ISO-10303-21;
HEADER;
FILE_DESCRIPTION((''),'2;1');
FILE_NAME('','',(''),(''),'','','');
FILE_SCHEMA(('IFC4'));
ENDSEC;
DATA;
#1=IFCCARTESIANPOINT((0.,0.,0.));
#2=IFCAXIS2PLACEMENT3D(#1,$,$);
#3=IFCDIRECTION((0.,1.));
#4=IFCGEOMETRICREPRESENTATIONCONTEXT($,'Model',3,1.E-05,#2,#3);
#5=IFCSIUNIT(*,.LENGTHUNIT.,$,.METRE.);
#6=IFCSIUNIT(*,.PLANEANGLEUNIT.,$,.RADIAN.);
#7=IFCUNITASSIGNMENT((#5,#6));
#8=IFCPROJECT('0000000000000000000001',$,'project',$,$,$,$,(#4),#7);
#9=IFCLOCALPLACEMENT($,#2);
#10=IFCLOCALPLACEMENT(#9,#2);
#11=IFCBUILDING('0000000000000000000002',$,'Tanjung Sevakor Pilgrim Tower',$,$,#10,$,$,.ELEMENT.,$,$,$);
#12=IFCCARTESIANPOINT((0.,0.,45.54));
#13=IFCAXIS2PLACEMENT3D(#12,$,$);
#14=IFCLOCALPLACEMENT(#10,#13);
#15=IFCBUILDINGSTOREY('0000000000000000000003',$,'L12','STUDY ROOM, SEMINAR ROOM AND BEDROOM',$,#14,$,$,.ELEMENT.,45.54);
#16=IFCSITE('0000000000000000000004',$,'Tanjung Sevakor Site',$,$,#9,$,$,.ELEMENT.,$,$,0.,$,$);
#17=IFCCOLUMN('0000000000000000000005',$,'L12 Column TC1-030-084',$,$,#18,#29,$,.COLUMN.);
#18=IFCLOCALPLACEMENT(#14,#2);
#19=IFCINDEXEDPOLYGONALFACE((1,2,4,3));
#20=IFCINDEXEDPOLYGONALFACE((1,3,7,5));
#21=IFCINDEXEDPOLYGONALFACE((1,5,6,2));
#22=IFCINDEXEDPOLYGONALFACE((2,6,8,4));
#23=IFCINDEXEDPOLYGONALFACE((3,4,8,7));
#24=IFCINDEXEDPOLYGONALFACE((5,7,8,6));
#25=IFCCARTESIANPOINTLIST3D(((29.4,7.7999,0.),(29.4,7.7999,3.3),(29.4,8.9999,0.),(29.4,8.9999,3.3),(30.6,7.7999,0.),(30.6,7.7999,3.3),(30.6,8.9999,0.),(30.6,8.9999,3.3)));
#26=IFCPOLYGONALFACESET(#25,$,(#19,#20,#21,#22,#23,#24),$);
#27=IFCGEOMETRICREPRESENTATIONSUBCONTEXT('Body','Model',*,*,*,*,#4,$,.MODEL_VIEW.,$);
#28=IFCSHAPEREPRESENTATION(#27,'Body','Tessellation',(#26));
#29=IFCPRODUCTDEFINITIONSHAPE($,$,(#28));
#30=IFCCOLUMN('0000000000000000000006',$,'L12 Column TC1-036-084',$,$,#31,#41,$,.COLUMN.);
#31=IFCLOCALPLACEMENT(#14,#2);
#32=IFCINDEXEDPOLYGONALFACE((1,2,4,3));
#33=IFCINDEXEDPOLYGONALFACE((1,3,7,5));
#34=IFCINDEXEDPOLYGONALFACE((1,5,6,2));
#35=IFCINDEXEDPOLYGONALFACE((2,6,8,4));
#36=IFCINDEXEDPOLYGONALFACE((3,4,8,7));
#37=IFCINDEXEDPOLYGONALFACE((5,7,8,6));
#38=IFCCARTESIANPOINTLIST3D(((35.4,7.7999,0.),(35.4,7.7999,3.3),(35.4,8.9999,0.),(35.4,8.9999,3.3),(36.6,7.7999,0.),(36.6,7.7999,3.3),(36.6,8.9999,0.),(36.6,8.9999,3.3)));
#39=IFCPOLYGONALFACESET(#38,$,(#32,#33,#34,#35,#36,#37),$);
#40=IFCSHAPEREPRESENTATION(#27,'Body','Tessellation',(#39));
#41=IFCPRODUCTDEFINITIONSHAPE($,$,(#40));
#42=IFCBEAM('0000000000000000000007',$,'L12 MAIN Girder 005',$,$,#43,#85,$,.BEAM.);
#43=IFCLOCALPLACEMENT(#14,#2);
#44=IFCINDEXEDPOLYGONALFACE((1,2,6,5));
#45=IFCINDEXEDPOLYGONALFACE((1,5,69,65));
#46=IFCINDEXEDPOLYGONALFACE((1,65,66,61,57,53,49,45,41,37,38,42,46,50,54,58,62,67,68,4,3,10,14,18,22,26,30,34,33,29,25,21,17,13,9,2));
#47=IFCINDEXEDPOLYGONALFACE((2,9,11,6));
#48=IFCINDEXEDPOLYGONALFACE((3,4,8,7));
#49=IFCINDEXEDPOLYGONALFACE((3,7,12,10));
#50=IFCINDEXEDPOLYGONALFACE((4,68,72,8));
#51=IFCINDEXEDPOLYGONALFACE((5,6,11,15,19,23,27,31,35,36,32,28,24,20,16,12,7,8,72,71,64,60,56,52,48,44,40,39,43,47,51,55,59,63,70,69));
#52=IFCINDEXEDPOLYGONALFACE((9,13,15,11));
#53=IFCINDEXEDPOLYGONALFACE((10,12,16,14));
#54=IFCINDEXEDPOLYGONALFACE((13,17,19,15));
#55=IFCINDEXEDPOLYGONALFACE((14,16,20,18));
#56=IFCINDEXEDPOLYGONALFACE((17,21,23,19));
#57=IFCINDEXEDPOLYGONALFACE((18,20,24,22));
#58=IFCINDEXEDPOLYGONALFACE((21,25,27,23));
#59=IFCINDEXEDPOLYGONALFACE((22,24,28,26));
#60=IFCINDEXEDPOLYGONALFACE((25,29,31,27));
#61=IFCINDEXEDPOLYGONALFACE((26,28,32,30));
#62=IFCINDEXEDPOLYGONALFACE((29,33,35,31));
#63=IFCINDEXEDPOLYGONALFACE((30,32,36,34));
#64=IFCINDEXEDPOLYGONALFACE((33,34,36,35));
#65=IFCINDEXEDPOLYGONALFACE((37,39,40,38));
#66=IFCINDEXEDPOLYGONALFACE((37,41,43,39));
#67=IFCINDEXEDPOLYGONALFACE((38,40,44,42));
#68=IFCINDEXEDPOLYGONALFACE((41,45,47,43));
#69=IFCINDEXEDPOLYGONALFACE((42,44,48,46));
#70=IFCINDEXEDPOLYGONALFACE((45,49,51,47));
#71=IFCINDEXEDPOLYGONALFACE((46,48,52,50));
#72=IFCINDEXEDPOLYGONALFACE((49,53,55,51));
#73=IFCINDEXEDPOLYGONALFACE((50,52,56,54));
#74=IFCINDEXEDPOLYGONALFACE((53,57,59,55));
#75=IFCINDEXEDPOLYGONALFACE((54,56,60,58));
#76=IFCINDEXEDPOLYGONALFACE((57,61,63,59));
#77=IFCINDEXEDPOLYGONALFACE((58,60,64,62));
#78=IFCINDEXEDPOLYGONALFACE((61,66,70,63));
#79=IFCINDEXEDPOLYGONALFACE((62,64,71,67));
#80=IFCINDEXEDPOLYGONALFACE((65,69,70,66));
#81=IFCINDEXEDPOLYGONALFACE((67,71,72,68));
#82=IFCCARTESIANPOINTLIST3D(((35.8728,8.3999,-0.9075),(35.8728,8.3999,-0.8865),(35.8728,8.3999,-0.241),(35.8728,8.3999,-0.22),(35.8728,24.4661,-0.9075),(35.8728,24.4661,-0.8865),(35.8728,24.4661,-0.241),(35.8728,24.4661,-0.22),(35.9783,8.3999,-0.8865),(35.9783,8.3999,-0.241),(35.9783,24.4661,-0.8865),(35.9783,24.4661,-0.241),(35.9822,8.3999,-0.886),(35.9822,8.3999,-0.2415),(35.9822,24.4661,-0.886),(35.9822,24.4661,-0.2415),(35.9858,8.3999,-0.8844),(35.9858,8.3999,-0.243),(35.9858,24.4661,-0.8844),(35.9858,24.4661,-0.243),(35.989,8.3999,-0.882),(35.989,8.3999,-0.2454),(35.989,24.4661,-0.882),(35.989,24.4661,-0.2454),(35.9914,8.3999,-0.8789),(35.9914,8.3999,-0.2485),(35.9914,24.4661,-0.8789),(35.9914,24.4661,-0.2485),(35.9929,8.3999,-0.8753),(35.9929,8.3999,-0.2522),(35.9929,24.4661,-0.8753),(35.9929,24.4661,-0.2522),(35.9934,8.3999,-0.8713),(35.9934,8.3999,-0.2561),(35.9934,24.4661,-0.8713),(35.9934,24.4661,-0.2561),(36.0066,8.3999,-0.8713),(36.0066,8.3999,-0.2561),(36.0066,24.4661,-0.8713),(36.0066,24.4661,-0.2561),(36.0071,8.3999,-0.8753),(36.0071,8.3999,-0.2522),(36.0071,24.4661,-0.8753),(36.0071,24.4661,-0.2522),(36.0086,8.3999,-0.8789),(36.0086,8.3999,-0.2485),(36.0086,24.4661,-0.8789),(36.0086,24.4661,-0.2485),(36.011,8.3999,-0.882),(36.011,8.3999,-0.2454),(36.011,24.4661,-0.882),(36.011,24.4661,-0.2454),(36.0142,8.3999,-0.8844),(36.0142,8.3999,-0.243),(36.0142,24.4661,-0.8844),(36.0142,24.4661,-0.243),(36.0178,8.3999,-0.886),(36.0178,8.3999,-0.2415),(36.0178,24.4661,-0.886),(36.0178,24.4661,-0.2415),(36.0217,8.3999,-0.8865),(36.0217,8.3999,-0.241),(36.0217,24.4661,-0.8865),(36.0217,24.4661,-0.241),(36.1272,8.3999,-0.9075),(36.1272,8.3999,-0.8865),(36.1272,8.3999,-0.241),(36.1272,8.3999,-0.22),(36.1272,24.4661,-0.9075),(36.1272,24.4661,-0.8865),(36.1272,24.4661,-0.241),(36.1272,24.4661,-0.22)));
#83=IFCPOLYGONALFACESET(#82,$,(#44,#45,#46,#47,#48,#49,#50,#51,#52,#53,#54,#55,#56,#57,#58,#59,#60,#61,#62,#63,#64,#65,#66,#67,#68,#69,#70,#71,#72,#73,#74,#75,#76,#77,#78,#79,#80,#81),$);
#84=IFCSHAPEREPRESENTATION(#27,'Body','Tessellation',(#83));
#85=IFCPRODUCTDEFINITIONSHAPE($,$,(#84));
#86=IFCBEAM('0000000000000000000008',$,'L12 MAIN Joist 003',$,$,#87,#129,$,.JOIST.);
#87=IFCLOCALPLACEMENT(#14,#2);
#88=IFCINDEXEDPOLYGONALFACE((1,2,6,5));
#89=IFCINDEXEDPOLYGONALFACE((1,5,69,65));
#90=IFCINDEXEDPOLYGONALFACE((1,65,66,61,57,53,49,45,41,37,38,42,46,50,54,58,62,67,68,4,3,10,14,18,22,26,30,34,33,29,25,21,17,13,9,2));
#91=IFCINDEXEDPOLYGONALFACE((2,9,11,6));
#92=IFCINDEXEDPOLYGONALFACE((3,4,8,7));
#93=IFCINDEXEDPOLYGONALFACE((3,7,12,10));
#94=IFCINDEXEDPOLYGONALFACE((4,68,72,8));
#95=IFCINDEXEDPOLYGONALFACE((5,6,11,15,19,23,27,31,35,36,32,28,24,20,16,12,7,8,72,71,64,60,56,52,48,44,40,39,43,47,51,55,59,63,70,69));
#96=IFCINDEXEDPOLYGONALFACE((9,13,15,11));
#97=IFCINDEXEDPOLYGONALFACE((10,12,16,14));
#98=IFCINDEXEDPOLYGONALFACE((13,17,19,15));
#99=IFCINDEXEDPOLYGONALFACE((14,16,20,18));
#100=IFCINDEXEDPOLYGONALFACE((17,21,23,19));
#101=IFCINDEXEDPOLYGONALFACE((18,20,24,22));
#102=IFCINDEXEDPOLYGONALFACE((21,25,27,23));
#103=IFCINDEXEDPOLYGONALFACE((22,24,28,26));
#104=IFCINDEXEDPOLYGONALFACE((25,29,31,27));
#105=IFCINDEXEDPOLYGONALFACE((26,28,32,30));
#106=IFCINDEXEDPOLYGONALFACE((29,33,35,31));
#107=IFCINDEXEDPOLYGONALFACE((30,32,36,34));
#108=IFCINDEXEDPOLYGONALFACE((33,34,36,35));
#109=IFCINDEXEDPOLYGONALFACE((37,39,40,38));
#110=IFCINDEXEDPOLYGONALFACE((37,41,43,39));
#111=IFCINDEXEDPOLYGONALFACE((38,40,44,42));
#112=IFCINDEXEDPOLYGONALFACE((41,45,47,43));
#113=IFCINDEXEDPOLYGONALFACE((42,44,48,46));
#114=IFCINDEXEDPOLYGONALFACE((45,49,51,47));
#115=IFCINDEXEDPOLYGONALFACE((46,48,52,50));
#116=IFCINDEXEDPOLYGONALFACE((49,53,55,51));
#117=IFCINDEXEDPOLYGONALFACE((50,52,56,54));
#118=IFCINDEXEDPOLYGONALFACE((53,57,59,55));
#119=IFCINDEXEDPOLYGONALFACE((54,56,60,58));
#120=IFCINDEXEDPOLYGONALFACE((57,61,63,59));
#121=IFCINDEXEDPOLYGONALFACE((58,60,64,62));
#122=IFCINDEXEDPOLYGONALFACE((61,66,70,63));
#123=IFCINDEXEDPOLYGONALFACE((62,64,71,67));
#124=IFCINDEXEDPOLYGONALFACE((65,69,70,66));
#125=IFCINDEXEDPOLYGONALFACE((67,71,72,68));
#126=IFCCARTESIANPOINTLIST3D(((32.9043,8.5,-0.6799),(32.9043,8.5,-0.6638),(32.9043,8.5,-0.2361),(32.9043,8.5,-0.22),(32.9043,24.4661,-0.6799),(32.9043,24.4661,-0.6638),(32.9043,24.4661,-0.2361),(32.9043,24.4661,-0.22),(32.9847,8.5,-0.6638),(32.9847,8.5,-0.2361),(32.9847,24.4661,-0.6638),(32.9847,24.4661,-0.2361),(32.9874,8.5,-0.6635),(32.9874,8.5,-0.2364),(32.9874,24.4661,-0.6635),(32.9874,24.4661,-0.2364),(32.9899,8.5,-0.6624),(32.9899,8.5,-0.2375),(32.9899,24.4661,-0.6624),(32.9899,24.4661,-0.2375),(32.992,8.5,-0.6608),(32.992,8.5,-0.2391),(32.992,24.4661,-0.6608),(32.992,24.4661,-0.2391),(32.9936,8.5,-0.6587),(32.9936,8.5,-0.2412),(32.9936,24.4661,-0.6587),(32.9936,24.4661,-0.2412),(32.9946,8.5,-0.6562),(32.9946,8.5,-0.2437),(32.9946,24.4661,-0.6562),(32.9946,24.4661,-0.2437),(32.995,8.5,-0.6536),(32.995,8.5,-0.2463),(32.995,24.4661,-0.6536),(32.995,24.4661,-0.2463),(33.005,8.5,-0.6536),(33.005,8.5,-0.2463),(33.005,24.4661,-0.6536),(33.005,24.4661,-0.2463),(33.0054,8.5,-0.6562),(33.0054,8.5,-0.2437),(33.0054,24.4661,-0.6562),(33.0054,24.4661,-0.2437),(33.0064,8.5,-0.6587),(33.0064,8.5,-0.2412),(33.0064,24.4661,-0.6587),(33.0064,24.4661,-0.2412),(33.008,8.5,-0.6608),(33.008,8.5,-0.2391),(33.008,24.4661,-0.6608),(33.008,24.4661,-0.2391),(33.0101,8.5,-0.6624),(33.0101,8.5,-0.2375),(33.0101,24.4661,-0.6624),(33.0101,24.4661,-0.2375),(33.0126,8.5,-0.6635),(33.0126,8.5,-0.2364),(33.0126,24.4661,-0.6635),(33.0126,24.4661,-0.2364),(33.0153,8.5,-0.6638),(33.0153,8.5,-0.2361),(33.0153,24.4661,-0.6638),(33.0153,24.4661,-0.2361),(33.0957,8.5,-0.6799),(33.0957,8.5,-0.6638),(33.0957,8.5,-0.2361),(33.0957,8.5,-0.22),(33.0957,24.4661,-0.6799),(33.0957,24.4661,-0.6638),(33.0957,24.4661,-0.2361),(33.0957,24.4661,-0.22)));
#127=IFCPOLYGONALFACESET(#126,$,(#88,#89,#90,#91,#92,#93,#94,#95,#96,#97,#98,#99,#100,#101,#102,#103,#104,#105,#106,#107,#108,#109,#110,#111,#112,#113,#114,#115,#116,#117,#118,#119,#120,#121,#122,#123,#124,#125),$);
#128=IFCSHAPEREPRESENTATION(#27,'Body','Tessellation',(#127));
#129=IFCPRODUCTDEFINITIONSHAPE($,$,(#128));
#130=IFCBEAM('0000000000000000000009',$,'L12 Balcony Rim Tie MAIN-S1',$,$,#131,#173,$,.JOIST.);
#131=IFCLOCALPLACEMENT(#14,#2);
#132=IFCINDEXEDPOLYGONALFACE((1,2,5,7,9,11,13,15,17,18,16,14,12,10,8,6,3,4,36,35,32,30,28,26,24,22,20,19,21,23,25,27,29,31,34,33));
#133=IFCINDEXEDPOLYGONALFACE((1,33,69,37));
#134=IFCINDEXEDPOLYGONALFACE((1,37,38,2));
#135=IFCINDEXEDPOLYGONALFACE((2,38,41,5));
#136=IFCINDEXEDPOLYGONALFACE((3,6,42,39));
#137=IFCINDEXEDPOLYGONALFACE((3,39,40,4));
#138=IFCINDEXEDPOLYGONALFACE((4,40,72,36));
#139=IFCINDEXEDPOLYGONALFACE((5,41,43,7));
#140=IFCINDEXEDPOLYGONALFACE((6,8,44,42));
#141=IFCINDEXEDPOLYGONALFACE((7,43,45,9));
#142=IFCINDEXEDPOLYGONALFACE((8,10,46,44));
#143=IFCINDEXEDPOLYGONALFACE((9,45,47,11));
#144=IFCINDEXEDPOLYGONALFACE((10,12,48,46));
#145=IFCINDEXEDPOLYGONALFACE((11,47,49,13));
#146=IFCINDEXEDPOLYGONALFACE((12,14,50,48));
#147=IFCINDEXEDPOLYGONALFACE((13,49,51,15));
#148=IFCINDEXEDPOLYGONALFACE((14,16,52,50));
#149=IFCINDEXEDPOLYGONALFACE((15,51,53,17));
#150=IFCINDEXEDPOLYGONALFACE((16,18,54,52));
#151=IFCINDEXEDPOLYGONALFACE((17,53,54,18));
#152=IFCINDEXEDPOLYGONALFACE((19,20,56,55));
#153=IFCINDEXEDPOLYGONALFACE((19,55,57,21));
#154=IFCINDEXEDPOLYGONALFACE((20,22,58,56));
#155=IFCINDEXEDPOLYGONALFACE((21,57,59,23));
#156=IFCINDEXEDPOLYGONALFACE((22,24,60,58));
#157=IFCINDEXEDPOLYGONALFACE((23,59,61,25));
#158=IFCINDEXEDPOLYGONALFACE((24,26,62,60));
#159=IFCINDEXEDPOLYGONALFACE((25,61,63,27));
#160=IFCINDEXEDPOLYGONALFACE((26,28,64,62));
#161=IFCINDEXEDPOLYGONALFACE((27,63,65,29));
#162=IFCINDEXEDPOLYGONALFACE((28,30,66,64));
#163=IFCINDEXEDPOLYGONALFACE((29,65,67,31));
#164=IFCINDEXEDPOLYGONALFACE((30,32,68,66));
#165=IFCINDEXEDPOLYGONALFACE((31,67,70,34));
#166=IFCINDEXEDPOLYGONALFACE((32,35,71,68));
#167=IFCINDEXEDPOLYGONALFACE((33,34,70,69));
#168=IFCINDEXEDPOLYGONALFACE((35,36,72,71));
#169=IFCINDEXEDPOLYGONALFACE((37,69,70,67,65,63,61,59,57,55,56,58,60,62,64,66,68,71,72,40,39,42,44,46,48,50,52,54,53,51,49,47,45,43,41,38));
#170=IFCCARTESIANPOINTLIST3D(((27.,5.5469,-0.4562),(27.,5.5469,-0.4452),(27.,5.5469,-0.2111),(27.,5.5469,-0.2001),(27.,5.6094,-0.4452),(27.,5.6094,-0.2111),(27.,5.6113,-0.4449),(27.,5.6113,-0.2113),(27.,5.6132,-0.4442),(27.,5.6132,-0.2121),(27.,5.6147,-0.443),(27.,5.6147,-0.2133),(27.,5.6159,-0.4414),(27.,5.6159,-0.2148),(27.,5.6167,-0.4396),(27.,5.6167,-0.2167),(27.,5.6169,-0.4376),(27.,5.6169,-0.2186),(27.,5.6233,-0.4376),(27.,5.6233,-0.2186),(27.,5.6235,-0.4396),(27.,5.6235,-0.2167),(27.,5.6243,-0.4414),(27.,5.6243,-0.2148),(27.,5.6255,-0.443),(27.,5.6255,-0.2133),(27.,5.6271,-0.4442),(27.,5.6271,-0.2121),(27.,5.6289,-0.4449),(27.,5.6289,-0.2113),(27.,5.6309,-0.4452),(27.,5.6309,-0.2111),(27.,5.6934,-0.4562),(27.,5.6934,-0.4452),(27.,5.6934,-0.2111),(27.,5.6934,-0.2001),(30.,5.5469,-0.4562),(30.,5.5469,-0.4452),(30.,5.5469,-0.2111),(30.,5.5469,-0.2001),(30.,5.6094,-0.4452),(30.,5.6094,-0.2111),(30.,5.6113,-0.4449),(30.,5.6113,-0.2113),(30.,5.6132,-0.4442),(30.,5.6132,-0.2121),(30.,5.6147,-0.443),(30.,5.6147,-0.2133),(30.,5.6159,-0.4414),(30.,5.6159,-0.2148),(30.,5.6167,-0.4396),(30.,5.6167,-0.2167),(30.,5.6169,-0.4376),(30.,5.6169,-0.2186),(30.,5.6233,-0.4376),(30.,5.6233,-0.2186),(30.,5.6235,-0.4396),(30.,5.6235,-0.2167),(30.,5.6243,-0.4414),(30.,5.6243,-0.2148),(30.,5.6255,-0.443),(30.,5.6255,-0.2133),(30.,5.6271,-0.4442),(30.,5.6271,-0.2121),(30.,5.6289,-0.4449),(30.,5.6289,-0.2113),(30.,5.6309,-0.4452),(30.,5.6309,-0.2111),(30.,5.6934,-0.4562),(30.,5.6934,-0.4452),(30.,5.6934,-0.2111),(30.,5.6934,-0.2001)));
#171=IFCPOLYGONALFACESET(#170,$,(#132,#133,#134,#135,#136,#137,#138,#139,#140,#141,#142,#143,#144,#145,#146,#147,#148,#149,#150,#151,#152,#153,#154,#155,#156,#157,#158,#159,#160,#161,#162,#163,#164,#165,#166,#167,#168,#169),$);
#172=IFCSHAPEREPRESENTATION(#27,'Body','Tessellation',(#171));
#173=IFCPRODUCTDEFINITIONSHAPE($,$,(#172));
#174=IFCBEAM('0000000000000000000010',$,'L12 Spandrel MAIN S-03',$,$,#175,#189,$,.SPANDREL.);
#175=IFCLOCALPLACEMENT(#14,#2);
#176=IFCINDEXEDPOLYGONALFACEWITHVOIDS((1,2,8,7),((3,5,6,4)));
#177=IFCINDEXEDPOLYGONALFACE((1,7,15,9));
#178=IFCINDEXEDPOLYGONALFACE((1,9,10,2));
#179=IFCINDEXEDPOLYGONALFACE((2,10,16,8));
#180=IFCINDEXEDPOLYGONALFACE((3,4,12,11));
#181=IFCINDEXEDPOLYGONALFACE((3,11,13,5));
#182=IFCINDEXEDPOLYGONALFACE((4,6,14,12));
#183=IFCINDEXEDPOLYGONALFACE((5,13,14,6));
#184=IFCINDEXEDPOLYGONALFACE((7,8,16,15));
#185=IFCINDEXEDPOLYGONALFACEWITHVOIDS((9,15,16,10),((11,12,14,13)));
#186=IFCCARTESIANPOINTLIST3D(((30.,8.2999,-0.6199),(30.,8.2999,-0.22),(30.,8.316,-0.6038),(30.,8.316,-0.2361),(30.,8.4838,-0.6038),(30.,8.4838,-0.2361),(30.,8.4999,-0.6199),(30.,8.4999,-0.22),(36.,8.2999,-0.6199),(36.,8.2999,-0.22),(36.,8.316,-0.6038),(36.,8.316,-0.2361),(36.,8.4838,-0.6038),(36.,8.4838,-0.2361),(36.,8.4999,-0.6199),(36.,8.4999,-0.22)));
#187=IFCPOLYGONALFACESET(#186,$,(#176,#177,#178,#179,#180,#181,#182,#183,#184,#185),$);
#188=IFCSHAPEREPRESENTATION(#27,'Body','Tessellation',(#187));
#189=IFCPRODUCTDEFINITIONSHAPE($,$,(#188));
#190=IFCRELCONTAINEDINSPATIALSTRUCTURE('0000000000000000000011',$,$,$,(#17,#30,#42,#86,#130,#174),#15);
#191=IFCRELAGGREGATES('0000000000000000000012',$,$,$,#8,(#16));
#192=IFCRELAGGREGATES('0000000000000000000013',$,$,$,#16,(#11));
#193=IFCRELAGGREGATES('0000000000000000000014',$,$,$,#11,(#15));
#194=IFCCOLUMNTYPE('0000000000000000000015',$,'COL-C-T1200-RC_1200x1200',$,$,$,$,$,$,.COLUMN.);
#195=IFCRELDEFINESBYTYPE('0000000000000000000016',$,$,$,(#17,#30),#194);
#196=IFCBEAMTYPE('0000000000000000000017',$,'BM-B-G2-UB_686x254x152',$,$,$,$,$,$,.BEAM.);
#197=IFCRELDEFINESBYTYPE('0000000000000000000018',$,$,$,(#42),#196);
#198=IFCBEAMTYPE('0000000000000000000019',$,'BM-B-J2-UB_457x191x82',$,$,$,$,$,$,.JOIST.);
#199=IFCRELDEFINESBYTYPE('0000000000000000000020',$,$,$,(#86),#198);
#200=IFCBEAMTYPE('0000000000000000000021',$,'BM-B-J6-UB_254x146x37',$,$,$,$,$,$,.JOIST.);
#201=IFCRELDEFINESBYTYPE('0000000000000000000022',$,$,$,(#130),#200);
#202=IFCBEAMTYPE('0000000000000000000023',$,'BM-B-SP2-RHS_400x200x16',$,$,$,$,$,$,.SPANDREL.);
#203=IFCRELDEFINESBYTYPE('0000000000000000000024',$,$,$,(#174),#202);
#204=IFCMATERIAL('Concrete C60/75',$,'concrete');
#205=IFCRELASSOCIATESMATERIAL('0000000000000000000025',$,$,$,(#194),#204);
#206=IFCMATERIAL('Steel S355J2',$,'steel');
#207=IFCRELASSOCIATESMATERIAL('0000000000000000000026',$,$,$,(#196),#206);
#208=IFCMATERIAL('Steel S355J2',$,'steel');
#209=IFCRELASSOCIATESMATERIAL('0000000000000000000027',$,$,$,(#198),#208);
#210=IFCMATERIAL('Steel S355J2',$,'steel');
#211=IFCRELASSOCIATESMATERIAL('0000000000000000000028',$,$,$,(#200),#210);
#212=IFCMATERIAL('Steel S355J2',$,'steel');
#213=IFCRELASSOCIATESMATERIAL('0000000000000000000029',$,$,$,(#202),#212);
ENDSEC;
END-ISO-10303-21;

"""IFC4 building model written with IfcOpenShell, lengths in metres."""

from ifc_helpers import new_model, si_unit, direction, frame, origin, origin_2d, place, context, subcontext, project, spatial, rectangle, hollow_rectangle, i_section, extrude, material, material_profile, profile_set, type_object, element, save


model = new_model("IFC4")

# Units and contexts
model_context = context("Model", 3, precision=1e-05, world=origin(), true_north=direction((0.0, 1.0)))
body_context = subcontext(model_context, "Body", "Model", "MODEL_VIEW")
ifc_project = project(units=[si_unit("LENGTHUNIT", "METRE"), si_unit("PLANEANGLEUNIT", "RADIAN")], contexts=[model_context])

# Site, building, storey
site_placement = place(None, origin())
site = spatial("IfcSite", under=ifc_project, at=site_placement, Name="Tanjung Sevakor Site", CompositionType="ELEMENT", RefElevation=0.0)
building_placement = place(site_placement, origin())
building = spatial("IfcBuilding", under=site, at=building_placement, Name="Tanjung Sevakor Pilgrim Tower", CompositionType="ELEMENT")
storey_placement = place(building_placement, frame((0.0, 0.0, 45.54)))
storey = spatial("IfcBuildingStorey", under=building, at=storey_placement, Name="L12", Description="STUDY ROOM, SEMINAR ROOM AND BEDROOM", CompositionType="ELEMENT", Elevation=45.54)

# Columns
ifc_material_1 = material(Name="Concrete C60/75", Category="concrete")
ifc_material_profile_1 = material_profile(ifc_material_1, rectangle(XDim=1.2, YDim=1.2, at=origin_2d()))
ifc_profile_set_1 = profile_set([ifc_material_profile_1], Name="Concrete C60/75")
column_type = type_object("IfcColumnType", Name="COL-C-T1200-RC_1200x1200", PredefinedType="COLUMN", material=ifc_profile_set_1)
for number, where, z_axis, x_axis, name in (
    (1, (30.0, 8.3999, 0.0), (0.0, 0.0, 1.0), (1.0, 0.0, 0.0), "L12 Column TC1-030-084"),
    (2, (36.0, 8.3999, 0.0), (0.0, 0.0, 1.0), (1.0, 0.0, 0.0), "L12 Column TC1-036-084"),
):
    element("IfcColumn", number, at=place(storey_placement, frame(where, z_axis=z_axis, x_axis=x_axis)), inside=storey, type_object=column_type, Name=name, PredefinedType="COLUMN", context=body_context, shape_type="SweptSolid", body=[
        extrude(rectangle(XDim=1.2, YDim=1.2, at=origin_2d()), origin(), (0.0, 0.0, 1.0), 3.3),
    ])

# Beams
ifc_material_2 = material(Name="Steel S355J2", Category="steel")
ifc_material_profile_2 = material_profile(ifc_material_2, i_section(OverallWidth=0.2544, OverallDepth=0.6875, WebThickness=0.0132, FlangeThickness=0.021, FilletRadius=0.0151, at=origin_2d()))
ifc_profile_set_2 = profile_set([ifc_material_profile_2], Name="Steel S355J2")
beam_type_1 = type_object("IfcBeamType", Name="BM-B-G2-UB_686x254x152", PredefinedType="BEAM", material=ifc_profile_set_2)
beam_1_placement = place(storey_placement, frame((36.0, 8.3999, -0.5637), z_axis=(0.0, 1.0, 0.0), x_axis=(-1.0, 0.0, 0.0)))
element("IfcBeam", 3, at=beam_1_placement, inside=storey, type_object=beam_type_1, Name="L12 MAIN Girder 005", PredefinedType="BEAM", context=body_context, shape_type="SweptSolid", body=[
    extrude(i_section(OverallWidth=0.2544, OverallDepth=0.6875, WebThickness=0.0132, FlangeThickness=0.021, FilletRadius=0.0151, at=origin_2d()), origin(), (0.0, 0.0, 1.0), 16.0662),
])
ifc_material_3 = material(Name="Steel S355J2", Category="steel")
ifc_material_profile_3 = material_profile(ifc_material_3, i_section(OverallWidth=0.1914, OverallDepth=0.46, WebThickness=0.01, FlangeThickness=0.0161, FilletRadius=0.0103, at=origin_2d()))
ifc_profile_set_3 = profile_set([ifc_material_profile_3], Name="Steel S355J2")
beam_type_2 = type_object("IfcBeamType", Name="BM-B-J2-UB_457x191x82", PredefinedType="JOIST", material=ifc_profile_set_3)
beam_2_placement = place(storey_placement, frame((33.0, 8.5, -0.45), z_axis=(0.0, 1.0, 0.0), x_axis=(-1.0, 0.0, 0.0)))
element("IfcBeam", 4, at=beam_2_placement, inside=storey, type_object=beam_type_2, Name="L12 MAIN Joist 003", PredefinedType="JOIST", context=body_context, shape_type="SweptSolid", body=[
    extrude(i_section(OverallWidth=0.1914, OverallDepth=0.46, WebThickness=0.01, FlangeThickness=0.0161, FilletRadius=0.0103, at=origin_2d()), origin(), (0.0, 0.0, 1.0), 15.9661),
])
ifc_material_4 = material(Name="Steel S355J2", Category="steel")
ifc_material_profile_4 = material_profile(ifc_material_4, i_section(OverallWidth=0.1465, OverallDepth=0.2561, WebThickness=0.0063, FlangeThickness=0.011, FilletRadius=0.0076, at=origin_2d()))
ifc_profile_set_4 = profile_set([ifc_material_profile_4], Name="Steel S355J2")
beam_type_3 = type_object("IfcBeamType", Name="BM-B-J6-UB_254x146x37", PredefinedType="JOIST", material=ifc_profile_set_4)
beam_3_placement = place(storey_placement, frame((27.0, 5.6201, -0.3281), z_axis=(1.0, 0.0, 0.0), x_axis=(0.0, 1.0, 0.0)))
element("IfcBeam", 5, at=beam_3_placement, inside=storey, type_object=beam_type_3, Name="L12 Balcony Rim Tie MAIN-S1", PredefinedType="JOIST", context=body_context, shape_type="SweptSolid", body=[
    extrude(i_section(OverallWidth=0.1465, OverallDepth=0.2561, WebThickness=0.0063, FlangeThickness=0.011, FilletRadius=0.0076, at=origin_2d()), origin(), (0.0, 0.0, 1.0), 3.0),
])
ifc_material_5 = material(Name="Steel S355J2", Category="steel")
ifc_material_profile_5 = material_profile(ifc_material_5, hollow_rectangle(XDim=0.2, YDim=0.3999, WallThickness=0.0161, at=origin_2d()))
ifc_profile_set_5 = profile_set([ifc_material_profile_5], Name="Steel S355J2")
beam_type_4 = type_object("IfcBeamType", Name="BM-B-SP2-RHS_400x200x16", PredefinedType="SPANDREL", material=ifc_profile_set_5)
for number, where, z_axis, x_axis, name in (
    (6, (30.0, 8.3999, -0.4199), (1.0, 0.0, 0.0), (0.0, 1.0, 0.0), "L12 Spandrel MAIN S-03"),
):
    element("IfcBeam", number, at=place(storey_placement, frame(where, z_axis=z_axis, x_axis=x_axis)), inside=storey, type_object=beam_type_4, Name=name, PredefinedType="SPANDREL", context=body_context, shape_type="SweptSolid", body=[
        extrude(hollow_rectangle(XDim=0.2, YDim=0.3999, WallThickness=0.0161, at=origin_2d()), origin(), (0.0, 0.0, 1.0), 6.0),
    ])

save(model, "model.ifc")
